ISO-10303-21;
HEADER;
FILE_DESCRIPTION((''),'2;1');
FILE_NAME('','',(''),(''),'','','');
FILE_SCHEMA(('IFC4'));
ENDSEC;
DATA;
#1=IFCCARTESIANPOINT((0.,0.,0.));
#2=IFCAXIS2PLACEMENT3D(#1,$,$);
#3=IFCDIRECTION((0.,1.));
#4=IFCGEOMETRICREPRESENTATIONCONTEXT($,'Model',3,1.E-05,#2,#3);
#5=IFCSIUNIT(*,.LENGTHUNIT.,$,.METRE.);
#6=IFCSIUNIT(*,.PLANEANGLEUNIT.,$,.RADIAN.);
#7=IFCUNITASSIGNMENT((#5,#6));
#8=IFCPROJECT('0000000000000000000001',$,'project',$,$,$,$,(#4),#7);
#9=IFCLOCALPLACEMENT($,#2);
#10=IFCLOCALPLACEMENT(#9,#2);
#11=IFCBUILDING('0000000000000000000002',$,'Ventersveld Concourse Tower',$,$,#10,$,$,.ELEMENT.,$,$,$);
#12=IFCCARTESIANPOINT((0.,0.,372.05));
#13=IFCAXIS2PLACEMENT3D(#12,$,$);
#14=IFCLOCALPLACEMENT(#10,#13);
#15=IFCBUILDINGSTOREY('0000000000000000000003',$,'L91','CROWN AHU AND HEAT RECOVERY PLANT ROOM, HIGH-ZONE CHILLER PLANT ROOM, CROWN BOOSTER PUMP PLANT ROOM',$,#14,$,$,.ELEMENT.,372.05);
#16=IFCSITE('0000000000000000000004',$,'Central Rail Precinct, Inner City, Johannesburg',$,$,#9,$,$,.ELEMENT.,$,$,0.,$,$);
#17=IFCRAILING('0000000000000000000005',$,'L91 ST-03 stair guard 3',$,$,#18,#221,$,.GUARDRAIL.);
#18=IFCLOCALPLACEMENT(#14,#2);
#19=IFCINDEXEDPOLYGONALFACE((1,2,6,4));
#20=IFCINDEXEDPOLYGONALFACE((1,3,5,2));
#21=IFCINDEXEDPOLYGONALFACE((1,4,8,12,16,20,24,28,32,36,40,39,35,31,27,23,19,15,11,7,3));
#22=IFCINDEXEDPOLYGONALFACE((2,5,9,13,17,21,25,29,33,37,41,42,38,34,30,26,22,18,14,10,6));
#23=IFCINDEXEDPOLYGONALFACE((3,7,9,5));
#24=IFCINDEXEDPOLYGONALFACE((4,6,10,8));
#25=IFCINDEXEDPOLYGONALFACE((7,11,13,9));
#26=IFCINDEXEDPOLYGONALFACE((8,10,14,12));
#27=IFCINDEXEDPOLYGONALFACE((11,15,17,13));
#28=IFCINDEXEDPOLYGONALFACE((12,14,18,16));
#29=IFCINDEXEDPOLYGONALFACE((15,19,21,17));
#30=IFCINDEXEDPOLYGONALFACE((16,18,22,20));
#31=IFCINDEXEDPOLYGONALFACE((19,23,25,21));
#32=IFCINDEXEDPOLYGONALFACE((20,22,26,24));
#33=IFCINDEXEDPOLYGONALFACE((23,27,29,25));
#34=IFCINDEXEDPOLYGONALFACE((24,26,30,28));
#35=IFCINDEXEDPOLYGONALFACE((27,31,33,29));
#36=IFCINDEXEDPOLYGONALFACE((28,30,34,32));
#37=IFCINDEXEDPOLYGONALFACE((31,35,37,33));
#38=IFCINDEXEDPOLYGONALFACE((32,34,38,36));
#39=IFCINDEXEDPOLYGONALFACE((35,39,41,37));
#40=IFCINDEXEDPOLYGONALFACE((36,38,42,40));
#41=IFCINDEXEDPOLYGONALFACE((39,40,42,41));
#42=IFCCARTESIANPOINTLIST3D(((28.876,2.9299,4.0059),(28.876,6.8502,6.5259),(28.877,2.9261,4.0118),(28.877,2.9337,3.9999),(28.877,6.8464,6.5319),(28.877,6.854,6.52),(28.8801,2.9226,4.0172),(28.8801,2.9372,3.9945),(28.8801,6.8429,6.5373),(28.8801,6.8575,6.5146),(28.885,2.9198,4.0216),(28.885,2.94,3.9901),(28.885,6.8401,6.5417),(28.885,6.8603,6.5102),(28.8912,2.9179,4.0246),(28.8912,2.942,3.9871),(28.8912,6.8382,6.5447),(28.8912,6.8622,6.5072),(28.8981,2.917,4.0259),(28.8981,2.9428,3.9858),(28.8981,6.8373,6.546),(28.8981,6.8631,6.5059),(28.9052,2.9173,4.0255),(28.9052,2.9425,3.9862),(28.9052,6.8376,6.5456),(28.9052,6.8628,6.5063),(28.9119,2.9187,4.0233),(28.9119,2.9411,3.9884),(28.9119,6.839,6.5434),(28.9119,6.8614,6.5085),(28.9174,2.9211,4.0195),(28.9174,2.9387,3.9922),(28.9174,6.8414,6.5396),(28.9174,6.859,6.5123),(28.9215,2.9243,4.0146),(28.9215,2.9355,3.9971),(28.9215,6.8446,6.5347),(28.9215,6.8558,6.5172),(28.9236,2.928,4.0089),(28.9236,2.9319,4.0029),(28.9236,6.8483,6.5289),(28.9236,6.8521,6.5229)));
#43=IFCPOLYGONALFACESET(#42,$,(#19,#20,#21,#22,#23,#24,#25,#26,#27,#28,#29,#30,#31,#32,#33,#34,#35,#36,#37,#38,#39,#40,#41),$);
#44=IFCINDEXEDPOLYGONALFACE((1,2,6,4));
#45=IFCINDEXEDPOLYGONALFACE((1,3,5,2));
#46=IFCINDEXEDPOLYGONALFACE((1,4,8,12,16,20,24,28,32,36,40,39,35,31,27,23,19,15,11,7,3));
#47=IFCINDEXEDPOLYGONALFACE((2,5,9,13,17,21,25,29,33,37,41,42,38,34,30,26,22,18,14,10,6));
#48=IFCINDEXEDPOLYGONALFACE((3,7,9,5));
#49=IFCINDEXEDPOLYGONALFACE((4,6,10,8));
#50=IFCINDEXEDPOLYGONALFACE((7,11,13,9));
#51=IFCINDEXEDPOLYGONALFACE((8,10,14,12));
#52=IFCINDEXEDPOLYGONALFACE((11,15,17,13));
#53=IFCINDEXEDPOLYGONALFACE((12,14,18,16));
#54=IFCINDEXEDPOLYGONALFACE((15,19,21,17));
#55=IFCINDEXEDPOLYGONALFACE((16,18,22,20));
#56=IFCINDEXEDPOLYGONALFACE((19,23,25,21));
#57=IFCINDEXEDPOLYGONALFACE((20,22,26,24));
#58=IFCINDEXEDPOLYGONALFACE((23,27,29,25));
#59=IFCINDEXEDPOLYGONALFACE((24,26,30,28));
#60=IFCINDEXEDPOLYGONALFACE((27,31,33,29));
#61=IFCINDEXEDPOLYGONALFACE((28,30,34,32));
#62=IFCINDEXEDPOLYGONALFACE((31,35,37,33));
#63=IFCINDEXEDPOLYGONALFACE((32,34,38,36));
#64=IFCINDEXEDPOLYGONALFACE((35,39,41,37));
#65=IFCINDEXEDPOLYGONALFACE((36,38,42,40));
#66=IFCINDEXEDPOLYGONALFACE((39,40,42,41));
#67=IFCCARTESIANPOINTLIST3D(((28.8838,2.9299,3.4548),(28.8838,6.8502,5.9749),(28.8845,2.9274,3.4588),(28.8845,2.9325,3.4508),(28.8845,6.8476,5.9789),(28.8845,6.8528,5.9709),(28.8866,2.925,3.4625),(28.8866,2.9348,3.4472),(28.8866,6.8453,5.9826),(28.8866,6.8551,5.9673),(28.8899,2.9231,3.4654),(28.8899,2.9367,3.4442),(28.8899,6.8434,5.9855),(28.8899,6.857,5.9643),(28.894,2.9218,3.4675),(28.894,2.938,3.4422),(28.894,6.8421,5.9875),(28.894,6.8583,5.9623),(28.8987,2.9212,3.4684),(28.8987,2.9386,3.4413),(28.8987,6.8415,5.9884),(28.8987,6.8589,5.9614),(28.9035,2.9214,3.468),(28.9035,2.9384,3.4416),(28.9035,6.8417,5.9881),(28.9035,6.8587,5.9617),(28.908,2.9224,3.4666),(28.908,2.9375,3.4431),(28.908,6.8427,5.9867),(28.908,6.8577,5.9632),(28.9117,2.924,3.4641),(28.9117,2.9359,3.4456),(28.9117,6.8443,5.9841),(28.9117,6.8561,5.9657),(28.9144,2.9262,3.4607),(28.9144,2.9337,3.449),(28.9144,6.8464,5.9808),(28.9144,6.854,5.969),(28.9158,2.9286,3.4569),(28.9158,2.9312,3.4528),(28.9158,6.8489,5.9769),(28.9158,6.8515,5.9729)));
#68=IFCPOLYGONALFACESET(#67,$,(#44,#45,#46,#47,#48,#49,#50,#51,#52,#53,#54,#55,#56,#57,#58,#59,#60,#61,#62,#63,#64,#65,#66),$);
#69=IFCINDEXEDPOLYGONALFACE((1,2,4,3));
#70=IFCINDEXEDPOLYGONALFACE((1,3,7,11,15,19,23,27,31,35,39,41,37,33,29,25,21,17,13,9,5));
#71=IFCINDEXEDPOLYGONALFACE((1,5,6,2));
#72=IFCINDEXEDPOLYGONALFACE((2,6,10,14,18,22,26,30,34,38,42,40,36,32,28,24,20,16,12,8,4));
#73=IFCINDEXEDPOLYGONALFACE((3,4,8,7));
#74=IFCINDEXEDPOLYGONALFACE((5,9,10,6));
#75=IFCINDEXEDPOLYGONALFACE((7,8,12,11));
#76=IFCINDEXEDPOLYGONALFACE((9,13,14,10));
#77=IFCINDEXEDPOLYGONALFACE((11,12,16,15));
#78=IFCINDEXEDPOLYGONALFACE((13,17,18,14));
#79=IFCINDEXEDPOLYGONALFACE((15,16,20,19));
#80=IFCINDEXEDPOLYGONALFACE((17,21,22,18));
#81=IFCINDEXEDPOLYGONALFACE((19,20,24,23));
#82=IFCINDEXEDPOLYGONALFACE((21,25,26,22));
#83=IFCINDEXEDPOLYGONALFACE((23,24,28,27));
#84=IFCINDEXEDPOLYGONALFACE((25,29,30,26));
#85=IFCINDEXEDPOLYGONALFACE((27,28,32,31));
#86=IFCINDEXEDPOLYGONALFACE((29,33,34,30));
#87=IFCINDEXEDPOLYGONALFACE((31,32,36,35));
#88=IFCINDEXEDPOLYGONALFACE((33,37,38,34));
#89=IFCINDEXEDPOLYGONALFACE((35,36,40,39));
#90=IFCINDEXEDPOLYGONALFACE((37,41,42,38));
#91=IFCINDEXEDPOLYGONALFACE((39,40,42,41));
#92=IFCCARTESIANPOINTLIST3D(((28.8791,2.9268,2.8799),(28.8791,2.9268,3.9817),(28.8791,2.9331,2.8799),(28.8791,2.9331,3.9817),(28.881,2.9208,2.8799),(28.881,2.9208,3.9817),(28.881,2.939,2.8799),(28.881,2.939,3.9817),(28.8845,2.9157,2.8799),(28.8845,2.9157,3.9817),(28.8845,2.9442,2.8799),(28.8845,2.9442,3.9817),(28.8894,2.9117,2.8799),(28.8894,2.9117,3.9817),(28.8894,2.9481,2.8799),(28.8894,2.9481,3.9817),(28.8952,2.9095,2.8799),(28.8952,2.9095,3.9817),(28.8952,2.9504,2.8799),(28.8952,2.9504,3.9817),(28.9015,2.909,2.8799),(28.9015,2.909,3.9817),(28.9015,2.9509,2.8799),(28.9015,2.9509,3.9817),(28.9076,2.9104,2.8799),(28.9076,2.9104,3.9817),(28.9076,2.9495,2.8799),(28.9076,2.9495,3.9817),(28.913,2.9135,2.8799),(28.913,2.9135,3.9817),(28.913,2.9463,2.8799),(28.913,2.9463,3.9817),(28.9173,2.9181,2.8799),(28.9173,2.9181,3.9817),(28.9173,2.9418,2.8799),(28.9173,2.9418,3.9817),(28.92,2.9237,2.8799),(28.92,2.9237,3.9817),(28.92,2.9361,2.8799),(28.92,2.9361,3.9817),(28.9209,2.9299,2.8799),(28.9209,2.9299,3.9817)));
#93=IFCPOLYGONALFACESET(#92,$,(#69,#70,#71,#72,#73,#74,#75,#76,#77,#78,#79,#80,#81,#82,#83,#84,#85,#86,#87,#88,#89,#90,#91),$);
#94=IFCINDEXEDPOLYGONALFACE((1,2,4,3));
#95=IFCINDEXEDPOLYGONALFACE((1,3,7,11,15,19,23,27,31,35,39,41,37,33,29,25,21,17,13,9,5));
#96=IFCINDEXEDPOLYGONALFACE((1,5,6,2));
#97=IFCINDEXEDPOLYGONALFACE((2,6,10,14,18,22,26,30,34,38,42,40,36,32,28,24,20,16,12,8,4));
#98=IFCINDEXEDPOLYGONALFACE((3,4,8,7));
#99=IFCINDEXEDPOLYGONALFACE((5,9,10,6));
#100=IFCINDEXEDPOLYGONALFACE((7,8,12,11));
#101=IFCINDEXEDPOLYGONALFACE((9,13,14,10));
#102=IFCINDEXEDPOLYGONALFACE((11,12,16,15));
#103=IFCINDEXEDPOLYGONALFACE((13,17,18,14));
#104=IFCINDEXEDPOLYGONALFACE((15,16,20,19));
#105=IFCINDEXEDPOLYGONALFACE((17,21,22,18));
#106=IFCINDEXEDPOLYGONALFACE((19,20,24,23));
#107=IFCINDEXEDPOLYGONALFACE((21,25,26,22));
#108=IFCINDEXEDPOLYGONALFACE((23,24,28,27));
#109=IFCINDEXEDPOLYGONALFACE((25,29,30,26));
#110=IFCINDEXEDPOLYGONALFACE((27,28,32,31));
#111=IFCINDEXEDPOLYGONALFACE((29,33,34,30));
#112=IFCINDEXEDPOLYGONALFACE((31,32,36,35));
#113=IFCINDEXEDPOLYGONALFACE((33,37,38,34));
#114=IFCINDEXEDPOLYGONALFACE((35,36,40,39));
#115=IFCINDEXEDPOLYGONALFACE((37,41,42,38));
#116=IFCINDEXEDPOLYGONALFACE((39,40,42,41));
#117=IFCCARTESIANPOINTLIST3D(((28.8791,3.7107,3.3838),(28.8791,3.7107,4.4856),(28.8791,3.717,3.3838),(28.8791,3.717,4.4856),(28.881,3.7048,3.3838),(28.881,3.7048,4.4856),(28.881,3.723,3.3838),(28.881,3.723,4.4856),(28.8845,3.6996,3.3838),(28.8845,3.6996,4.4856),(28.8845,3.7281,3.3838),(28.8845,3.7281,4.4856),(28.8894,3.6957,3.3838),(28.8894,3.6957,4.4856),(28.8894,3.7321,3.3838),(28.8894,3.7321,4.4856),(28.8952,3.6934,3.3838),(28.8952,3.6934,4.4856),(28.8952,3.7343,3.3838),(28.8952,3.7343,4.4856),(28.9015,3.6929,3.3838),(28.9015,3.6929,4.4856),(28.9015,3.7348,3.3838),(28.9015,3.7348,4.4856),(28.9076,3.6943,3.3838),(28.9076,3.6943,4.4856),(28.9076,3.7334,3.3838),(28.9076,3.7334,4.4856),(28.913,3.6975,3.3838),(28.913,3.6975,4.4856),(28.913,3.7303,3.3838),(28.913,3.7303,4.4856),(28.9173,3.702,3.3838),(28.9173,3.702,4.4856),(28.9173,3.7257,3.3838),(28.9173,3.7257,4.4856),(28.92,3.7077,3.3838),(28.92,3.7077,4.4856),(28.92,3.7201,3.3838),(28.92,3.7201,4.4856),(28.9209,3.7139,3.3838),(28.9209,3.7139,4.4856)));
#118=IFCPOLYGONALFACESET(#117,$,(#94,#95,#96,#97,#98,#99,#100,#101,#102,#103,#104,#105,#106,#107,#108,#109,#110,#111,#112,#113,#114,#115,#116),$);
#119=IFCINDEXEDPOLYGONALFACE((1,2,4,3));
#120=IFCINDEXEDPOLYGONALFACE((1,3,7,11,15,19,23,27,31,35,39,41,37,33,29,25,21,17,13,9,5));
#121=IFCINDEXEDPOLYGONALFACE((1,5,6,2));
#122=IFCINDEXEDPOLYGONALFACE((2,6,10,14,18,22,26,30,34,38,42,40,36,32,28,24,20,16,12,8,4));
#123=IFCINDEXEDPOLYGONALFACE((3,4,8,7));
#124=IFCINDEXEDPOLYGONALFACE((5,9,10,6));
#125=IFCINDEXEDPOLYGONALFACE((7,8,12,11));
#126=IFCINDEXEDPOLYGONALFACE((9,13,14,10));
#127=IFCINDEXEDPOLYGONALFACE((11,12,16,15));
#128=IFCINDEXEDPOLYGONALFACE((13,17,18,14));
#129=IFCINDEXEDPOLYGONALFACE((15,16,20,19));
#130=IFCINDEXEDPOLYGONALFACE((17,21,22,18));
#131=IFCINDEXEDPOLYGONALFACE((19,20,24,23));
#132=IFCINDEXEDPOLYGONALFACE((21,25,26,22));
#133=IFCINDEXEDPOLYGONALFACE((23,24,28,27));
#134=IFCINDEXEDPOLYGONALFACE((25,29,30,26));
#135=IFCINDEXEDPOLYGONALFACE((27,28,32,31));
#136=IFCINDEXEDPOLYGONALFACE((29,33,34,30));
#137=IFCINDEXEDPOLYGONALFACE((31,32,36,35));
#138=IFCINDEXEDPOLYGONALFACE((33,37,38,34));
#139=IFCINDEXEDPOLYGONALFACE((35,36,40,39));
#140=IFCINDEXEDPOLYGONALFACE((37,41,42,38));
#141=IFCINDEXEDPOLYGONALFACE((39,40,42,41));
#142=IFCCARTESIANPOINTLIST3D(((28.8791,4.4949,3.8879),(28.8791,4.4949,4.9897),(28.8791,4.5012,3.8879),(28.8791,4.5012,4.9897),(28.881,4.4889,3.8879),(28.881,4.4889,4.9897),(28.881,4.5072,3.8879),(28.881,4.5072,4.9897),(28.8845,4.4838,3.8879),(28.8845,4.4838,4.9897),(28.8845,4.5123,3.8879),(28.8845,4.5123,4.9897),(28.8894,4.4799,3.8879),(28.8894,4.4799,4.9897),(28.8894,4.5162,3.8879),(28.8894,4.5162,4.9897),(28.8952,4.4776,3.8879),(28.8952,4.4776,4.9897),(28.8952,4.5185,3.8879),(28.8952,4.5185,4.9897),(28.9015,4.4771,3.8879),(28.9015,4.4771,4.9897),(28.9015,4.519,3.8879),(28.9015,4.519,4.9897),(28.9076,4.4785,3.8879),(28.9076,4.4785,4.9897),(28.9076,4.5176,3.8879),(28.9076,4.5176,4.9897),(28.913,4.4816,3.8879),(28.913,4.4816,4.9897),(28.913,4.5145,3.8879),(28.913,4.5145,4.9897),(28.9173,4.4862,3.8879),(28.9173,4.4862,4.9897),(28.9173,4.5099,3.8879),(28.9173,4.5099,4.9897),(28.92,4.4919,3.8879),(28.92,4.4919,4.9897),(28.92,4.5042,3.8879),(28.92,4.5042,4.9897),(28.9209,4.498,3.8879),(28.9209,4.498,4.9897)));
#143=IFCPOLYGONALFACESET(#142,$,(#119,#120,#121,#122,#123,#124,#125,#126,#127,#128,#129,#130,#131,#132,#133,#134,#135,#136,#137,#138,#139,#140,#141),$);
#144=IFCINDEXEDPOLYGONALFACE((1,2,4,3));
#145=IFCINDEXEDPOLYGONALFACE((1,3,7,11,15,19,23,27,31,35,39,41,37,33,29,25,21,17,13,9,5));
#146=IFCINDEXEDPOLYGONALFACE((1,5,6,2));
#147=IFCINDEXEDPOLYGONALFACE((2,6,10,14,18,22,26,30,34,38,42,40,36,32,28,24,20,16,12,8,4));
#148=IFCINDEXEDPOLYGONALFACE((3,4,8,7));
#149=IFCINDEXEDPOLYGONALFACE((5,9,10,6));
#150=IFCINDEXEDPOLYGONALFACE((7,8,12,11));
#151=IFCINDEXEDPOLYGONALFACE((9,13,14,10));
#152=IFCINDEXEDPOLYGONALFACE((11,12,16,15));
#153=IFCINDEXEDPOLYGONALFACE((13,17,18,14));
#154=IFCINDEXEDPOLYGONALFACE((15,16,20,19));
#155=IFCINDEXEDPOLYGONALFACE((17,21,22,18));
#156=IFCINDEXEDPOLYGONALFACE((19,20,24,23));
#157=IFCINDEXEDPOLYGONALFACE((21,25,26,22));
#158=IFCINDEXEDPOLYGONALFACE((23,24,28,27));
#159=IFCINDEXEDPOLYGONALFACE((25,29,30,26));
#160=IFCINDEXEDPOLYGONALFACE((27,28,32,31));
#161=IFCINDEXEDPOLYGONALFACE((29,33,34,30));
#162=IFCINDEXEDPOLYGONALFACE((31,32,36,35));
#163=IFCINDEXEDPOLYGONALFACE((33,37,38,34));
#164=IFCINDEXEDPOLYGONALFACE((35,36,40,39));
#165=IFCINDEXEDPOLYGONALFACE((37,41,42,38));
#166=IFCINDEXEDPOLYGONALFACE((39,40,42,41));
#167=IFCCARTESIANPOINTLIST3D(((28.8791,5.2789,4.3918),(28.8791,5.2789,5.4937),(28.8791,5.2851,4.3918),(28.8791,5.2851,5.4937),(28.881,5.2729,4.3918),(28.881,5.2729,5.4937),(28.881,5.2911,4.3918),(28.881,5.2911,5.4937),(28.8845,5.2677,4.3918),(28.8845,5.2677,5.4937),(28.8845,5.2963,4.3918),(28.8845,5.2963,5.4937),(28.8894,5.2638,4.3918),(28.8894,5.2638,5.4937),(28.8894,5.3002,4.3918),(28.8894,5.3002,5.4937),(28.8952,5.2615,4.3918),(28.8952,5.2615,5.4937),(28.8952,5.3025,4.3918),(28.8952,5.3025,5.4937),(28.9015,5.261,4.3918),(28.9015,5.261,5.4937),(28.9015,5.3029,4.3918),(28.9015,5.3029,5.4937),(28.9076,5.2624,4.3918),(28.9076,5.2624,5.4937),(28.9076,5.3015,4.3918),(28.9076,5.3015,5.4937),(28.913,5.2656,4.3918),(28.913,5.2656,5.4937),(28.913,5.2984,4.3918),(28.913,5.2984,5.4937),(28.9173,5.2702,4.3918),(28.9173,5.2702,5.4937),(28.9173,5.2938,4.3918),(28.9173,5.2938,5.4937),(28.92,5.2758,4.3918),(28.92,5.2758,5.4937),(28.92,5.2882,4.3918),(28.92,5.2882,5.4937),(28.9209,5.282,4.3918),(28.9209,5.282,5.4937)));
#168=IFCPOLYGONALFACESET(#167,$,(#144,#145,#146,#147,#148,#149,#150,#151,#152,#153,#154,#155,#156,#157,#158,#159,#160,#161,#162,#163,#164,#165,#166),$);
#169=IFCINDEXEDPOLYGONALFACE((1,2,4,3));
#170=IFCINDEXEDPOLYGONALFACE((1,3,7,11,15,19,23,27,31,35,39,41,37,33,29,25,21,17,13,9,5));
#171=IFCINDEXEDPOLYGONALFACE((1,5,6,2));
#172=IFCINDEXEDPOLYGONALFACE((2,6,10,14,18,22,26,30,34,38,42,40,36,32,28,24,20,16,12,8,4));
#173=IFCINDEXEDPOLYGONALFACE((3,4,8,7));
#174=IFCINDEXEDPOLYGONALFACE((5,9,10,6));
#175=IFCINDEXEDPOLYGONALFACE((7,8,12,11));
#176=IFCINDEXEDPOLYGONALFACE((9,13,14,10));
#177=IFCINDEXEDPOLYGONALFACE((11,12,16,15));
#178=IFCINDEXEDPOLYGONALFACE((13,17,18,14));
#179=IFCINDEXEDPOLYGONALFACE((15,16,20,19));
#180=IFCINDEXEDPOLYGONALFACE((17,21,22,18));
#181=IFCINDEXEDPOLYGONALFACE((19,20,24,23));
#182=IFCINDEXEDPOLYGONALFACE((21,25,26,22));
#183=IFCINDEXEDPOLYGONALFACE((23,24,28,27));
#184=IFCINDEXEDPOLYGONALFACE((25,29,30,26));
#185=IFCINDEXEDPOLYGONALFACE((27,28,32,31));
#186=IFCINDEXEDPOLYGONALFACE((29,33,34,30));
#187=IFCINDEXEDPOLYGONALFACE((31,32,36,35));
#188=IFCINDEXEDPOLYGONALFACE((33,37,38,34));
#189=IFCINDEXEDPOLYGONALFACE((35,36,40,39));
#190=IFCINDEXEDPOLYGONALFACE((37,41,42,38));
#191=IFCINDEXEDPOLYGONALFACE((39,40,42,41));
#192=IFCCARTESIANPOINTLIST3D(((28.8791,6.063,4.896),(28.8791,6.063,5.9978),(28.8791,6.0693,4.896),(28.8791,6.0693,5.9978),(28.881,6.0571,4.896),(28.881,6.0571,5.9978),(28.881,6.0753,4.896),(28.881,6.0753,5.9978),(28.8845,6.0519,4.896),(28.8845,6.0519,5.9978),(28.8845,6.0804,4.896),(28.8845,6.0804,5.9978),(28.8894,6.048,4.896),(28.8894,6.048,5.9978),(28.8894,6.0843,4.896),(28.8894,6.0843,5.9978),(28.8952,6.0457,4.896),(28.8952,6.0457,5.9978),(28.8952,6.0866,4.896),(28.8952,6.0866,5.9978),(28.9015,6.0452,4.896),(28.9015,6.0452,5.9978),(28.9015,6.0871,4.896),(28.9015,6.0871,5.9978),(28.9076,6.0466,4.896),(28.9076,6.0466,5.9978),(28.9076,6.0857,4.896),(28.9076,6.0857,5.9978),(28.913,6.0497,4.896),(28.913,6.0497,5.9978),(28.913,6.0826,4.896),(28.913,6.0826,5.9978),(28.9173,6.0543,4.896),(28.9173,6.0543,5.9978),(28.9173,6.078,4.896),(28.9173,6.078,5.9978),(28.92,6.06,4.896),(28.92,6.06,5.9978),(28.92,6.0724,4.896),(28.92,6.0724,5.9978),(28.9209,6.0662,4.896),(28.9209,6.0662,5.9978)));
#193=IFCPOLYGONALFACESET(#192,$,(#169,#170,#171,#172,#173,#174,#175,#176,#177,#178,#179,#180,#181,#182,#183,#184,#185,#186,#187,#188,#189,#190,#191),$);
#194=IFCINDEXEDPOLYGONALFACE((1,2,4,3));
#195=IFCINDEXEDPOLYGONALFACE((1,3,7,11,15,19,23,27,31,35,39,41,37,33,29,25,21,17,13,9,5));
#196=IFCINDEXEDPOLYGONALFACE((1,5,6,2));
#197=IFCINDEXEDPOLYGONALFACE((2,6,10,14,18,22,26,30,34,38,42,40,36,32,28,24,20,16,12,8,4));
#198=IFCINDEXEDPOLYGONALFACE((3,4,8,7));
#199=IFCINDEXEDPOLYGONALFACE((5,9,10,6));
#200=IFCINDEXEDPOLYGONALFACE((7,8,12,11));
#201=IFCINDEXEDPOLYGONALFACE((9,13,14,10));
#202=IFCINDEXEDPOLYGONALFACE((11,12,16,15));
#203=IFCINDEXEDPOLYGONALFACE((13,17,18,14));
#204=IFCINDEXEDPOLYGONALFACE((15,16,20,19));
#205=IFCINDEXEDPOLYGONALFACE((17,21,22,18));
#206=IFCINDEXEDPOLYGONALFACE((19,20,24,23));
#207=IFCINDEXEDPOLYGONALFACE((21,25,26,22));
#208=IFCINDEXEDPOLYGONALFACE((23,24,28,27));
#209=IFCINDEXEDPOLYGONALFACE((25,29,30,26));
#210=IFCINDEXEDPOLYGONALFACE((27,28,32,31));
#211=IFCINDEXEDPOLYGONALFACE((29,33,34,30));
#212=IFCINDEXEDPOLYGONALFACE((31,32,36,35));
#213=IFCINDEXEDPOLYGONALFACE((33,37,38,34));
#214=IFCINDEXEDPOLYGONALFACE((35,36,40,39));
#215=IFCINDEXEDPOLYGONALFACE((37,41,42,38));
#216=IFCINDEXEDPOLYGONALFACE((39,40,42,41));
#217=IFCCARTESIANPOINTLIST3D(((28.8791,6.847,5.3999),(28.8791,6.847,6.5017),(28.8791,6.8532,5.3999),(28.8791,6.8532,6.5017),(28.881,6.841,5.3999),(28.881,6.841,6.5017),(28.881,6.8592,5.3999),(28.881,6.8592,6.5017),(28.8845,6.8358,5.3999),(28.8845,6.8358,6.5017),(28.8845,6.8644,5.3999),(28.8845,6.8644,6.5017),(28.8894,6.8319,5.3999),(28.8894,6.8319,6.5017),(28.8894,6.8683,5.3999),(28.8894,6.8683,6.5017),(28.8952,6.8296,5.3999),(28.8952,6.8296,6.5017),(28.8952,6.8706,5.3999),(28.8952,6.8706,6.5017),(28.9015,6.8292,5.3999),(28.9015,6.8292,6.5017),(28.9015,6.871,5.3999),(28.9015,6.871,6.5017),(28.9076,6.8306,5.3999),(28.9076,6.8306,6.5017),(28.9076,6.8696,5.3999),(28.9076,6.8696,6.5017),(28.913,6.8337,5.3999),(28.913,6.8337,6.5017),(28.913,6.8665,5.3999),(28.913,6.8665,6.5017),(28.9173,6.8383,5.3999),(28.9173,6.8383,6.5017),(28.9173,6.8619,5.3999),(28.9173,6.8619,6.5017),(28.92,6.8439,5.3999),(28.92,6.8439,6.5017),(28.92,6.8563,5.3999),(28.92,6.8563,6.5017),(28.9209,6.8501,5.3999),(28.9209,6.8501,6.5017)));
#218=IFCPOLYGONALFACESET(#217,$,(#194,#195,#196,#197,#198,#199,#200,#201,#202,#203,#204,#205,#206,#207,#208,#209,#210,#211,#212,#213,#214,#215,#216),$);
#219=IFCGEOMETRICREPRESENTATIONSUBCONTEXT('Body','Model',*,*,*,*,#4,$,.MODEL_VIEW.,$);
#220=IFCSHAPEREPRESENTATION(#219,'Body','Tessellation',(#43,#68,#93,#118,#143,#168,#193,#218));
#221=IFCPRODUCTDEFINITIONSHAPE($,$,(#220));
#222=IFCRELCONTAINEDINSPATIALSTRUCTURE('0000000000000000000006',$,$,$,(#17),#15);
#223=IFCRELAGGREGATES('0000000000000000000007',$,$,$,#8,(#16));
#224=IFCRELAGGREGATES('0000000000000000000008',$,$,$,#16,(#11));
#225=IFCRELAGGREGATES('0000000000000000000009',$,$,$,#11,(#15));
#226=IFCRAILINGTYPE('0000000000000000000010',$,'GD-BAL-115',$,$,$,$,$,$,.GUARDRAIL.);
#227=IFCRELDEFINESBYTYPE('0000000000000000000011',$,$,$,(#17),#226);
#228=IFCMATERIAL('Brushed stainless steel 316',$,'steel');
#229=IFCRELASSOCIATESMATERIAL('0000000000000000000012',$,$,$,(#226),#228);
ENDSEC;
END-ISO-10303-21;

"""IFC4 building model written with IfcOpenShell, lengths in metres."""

from ifc_helpers import new_model, si_unit, direction, frame, origin, origin_2d, place, context, subcontext, project, spatial, circle, extrude, material, type_object, element, save


model = new_model("IFC4")

# Units and contexts
model_context = context("Model", 3, precision=1e-05, world=origin(), true_north=direction((0.0, 1.0)))
body_context = subcontext(model_context, "Body", "Model", "MODEL_VIEW")
ifc_project = project(units=[si_unit("LENGTHUNIT", "METRE"), si_unit("PLANEANGLEUNIT", "RADIAN")], contexts=[model_context])

# Site, building, storey
site_placement = place(None, origin())
site = spatial("IfcSite", under=ifc_project, at=site_placement, Name="Central Rail Precinct, Inner City, Johannesburg", CompositionType="ELEMENT", RefElevation=0.0)
building_placement = place(site_placement, origin())
building = spatial("IfcBuilding", under=site, at=building_placement, Name="Ventersveld Concourse Tower", CompositionType="ELEMENT")
storey_placement = place(building_placement, frame((0.0, 0.0, 372.05)))
storey = spatial("IfcBuildingStorey", under=building, at=storey_placement, Name="L91", Description="CROWN AHU AND HEAT RECOVERY PLANT ROOM, HIGH-ZONE CHILLER PLANT ROOM, CROWN BOOSTER PUMP PLANT ROOM", CompositionType="ELEMENT", Elevation=372.05)

# Shared definitions
ifc_material_1 = material(Name="Brushed stainless steel 316", Category="steel")

# Railing
railing_type_1 = type_object("IfcRailingType", Name="GD-BAL-115", PredefinedType="GUARDRAIL", material=ifc_material_1)
railing_1_placement = place(storey_placement, frame((28.8999, 2.9299, 2.8799)))
element("IfcRailing", 1, at=railing_1_placement, inside=storey, type_object=railing_type_1, Name="L91 ST-03 stair guard 3", PredefinedType="GUARDRAIL", context=body_context, shape_type="SweptSolid", body=[
    extrude(circle(Radius=0.0239, at=origin_2d()), frame((0.0, 0.0, 1.126), z_axis=(0.0, 0.841187, 0.540744), x_axis=(-1.0, 0.0, 0.0)), (0.0, 0.0, 1.0), 4.6604),
    extrude(circle(Radius=0.0161, at=origin_2d()), frame((0.0, 0.0, 0.575), z_axis=(0.0, 0.841187, 0.540744), x_axis=(-1.0, 0.0, 0.0)), (0.0, 0.0, 1.0), 4.6604),
    extrude(circle(Radius=0.021, at=origin_2d()), origin(), (0.0, 0.0, 1.0), 1.1018),
    extrude(circle(Radius=0.021, at=origin_2d()), frame((0.0, 0.7839, 0.5039)), (0.0, 0.0, 1.0), 1.1018),
    extrude(circle(Radius=0.021, at=origin_2d()), frame((0.0, 1.5681, 1.0081)), (0.0, 0.0, 1.0), 1.1018),
    extrude(circle(Radius=0.021, at=origin_2d()), frame((0.0, 2.3521, 1.512)), (0.0, 0.0, 1.0), 1.1018),
    extrude(circle(Radius=0.021, at=origin_2d()), frame((0.0, 3.1362, 2.0161)), (0.0, 0.0, 1.0), 1.1018),
    extrude(circle(Radius=0.021, at=origin_2d()), frame((0.0, 3.9202, 2.52)), (0.0, 0.0, 1.0), 1.1018),
])

save(model, "model.ifc")
